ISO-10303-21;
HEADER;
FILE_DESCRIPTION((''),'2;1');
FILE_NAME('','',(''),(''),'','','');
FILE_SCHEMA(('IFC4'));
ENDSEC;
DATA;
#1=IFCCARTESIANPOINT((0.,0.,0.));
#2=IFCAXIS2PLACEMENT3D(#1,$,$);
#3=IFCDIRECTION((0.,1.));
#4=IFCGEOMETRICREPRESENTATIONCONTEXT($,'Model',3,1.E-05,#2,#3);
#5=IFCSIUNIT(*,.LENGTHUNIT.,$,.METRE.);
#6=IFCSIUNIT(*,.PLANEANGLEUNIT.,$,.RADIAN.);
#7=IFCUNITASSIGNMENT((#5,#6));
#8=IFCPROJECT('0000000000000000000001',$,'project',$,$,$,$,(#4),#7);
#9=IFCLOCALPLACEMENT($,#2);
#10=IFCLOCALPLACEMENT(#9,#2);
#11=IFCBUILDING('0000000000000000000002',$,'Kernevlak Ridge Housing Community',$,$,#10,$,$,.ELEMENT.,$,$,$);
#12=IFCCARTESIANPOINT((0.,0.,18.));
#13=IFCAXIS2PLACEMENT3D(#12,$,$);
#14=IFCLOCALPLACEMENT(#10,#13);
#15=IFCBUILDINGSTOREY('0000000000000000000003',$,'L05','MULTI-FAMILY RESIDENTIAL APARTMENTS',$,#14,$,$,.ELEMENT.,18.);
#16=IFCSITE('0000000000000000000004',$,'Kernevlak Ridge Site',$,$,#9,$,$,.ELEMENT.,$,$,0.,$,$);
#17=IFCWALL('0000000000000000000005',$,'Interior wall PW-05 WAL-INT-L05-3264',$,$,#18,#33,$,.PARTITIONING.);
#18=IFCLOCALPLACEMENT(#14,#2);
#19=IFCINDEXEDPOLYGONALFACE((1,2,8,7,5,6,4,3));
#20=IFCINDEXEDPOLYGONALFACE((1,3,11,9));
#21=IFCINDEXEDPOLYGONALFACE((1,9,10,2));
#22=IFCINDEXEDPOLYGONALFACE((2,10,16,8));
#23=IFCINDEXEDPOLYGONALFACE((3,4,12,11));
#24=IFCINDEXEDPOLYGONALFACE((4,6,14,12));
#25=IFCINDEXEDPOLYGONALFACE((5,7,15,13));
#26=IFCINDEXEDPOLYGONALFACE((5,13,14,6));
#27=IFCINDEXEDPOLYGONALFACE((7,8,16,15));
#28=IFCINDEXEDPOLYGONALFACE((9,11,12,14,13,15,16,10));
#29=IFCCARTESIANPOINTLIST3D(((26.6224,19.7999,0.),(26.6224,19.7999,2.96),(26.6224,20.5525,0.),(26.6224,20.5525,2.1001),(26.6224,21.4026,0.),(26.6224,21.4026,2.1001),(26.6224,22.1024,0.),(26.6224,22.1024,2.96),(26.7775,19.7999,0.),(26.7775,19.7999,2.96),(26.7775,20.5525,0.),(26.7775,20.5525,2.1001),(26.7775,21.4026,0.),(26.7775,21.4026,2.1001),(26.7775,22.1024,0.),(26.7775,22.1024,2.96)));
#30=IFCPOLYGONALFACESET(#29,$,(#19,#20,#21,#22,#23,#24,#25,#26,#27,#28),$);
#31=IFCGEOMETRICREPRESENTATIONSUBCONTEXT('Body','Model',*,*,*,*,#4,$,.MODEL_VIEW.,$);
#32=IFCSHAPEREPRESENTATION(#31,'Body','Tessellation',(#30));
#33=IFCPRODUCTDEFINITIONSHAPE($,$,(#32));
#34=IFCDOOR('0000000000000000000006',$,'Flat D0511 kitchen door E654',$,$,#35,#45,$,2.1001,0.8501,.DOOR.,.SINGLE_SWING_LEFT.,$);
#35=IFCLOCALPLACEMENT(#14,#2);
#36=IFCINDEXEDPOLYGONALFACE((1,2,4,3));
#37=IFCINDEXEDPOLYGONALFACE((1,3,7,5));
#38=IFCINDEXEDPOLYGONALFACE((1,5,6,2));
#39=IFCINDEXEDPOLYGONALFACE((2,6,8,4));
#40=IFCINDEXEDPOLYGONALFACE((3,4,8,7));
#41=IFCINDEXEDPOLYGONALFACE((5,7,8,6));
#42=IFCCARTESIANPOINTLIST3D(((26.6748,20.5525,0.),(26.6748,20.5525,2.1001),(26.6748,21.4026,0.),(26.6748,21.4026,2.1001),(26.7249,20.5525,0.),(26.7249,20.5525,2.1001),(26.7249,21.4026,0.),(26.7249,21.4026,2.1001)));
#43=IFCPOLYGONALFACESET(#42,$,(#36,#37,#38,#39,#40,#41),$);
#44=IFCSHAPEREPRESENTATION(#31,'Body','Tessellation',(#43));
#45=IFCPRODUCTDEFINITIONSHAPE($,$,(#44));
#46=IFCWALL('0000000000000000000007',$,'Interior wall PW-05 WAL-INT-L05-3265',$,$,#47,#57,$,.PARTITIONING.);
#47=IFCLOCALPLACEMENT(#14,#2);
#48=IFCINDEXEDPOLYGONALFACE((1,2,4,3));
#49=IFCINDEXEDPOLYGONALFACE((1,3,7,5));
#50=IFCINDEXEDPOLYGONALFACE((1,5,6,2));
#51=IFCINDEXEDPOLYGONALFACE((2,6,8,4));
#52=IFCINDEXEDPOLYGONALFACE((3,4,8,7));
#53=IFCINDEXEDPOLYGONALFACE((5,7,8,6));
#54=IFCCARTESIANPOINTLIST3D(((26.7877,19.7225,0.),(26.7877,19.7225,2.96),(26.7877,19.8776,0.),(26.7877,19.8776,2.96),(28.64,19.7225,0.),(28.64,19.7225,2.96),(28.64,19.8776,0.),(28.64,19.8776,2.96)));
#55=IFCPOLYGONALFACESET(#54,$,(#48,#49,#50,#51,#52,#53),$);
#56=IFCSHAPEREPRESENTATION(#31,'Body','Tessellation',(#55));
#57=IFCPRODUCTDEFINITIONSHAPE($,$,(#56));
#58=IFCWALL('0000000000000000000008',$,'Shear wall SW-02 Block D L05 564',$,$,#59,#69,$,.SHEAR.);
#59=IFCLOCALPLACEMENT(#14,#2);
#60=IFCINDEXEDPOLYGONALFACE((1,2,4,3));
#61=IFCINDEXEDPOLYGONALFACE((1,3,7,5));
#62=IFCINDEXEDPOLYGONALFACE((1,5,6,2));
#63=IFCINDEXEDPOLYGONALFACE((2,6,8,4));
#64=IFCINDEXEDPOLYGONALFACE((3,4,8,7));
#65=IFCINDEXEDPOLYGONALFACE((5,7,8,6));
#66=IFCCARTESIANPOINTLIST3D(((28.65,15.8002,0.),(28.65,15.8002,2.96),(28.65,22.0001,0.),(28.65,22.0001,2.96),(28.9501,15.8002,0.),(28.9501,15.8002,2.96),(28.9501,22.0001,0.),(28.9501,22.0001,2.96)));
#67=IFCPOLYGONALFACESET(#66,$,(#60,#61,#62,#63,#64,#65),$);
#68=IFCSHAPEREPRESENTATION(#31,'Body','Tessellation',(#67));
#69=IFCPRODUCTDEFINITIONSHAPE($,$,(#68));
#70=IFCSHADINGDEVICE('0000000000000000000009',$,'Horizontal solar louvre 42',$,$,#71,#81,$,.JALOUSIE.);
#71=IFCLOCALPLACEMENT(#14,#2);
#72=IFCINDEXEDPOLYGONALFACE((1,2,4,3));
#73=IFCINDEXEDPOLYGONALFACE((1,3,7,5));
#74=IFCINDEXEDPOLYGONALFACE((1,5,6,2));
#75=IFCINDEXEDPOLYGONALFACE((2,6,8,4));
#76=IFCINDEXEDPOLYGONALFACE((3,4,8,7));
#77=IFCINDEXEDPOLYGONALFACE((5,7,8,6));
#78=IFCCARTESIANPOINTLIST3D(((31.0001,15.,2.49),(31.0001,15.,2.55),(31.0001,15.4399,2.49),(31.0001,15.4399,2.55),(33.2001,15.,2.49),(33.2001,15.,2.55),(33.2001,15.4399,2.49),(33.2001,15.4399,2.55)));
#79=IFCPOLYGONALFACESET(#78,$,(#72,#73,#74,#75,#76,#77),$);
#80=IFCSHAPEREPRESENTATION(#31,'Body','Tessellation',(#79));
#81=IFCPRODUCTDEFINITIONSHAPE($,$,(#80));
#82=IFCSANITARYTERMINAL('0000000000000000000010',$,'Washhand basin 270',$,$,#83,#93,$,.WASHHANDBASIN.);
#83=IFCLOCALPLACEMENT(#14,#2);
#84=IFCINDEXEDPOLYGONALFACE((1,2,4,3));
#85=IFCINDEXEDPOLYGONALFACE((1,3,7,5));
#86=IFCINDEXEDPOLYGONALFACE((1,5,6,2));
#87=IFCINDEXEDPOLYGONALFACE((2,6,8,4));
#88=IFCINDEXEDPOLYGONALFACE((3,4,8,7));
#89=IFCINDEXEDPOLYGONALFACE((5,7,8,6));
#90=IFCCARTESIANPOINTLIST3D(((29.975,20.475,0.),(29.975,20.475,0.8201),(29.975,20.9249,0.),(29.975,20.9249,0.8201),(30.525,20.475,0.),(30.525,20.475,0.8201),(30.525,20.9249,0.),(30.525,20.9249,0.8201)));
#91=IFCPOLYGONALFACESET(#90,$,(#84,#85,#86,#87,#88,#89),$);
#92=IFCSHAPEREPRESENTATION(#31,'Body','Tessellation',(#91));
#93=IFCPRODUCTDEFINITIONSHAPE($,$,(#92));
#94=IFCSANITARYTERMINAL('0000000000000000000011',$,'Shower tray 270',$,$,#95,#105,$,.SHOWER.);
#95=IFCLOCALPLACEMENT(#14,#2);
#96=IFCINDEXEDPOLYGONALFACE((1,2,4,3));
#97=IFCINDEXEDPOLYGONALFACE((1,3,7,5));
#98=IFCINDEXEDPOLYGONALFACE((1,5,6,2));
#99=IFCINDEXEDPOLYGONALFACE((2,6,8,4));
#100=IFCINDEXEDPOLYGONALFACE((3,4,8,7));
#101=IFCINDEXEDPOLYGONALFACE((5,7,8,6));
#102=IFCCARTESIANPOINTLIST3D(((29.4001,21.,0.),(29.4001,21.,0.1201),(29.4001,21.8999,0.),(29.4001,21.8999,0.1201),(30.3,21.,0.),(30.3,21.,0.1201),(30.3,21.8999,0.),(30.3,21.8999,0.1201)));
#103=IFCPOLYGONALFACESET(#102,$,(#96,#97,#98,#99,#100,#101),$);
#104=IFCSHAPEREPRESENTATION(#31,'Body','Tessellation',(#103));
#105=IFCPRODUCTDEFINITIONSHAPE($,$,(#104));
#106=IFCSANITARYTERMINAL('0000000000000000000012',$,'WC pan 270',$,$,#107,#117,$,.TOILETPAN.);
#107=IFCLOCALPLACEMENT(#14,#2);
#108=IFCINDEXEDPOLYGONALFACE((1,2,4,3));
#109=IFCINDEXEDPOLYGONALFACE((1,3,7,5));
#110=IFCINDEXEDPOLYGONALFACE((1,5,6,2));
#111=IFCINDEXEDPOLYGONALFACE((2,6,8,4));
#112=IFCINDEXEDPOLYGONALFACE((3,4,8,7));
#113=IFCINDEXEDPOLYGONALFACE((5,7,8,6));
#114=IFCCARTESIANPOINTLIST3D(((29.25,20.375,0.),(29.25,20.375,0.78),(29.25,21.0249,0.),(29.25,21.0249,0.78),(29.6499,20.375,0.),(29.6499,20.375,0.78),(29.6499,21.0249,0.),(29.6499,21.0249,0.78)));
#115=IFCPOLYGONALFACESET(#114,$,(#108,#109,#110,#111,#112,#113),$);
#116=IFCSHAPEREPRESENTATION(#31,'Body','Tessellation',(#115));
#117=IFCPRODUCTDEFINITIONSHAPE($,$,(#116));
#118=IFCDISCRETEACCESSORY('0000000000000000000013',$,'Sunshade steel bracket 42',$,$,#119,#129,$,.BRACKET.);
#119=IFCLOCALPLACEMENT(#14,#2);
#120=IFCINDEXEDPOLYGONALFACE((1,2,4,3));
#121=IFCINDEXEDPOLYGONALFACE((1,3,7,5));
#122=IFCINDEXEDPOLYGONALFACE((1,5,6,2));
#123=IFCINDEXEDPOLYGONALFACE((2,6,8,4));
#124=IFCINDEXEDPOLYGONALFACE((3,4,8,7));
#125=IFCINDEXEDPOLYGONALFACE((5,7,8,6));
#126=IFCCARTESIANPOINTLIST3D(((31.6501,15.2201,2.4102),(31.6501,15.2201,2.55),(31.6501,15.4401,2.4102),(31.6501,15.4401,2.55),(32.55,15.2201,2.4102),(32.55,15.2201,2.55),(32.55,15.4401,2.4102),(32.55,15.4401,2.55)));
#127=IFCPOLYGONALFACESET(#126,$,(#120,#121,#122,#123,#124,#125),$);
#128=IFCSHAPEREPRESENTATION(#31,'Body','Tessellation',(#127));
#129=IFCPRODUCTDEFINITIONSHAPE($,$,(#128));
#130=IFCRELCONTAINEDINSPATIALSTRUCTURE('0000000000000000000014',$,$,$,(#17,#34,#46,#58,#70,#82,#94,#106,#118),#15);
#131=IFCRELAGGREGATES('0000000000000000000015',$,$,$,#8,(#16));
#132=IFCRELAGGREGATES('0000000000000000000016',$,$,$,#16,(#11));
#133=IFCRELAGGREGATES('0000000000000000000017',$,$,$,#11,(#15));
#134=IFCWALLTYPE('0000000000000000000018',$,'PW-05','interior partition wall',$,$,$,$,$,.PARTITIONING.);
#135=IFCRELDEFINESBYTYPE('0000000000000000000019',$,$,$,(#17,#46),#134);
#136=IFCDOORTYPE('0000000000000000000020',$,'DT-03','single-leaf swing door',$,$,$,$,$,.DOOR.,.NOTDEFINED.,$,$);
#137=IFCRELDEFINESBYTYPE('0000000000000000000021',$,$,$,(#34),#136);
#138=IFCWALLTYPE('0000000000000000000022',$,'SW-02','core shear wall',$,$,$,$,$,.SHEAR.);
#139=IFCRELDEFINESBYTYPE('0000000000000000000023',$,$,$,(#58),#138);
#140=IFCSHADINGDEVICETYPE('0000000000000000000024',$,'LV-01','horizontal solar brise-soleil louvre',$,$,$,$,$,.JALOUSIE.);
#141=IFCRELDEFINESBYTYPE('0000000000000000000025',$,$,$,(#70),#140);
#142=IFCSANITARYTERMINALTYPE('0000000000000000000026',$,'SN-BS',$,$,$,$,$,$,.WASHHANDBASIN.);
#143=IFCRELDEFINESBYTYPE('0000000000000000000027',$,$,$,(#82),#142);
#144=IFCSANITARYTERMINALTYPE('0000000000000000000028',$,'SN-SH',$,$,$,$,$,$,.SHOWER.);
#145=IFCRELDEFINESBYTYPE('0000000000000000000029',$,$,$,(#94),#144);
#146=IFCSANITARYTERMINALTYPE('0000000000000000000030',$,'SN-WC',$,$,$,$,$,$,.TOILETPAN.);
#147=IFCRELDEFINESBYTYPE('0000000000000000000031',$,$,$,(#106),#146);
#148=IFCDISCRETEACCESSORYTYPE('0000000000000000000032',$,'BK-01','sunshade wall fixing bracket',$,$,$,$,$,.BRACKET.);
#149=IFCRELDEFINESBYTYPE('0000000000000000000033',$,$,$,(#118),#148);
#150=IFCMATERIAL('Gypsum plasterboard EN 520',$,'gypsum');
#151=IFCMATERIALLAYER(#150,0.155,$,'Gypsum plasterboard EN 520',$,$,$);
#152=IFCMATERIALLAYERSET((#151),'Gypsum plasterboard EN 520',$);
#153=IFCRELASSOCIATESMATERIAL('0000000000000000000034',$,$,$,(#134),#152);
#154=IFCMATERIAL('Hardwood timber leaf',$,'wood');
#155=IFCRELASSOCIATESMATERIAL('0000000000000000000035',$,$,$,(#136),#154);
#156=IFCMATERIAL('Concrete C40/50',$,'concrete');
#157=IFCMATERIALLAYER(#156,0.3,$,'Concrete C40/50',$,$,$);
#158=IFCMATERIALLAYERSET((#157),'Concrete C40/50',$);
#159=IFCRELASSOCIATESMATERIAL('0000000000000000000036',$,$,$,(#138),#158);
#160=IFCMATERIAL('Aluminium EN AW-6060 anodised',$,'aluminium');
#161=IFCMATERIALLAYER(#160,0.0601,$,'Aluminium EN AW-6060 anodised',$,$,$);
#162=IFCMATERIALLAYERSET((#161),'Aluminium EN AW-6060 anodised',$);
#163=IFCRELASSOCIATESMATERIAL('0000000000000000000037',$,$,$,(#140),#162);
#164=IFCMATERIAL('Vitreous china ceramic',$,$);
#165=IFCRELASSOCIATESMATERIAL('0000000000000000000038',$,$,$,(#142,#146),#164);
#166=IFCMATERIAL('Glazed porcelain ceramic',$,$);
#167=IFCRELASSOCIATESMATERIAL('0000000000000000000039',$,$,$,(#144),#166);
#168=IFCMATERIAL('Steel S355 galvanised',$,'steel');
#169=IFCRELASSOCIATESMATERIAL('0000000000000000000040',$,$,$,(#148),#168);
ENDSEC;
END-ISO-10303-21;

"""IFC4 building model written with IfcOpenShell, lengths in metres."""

from ifc_helpers import new_model, si_unit, direction, frame, frame_2d, origin, origin_2d, place, context, subcontext, project, spatial, rectangle, extrude, material, layer, layer_set, type_object, element, fill, save


model = new_model("IFC4")

# Units and contexts
model_context = context("Model", 3, precision=1e-05, world=origin(), true_north=direction((0.0, 1.0)))
body_context = subcontext(model_context, "Body", "Model", "MODEL_VIEW")
ifc_project = project(units=[si_unit("LENGTHUNIT", "METRE"), si_unit("PLANEANGLEUNIT", "RADIAN")], contexts=[model_context])

# Site, building, storey
site_placement = place(None, origin())
site = spatial("IfcSite", under=ifc_project, at=site_placement, Name="Kernevlak Ridge Site", CompositionType="ELEMENT", RefElevation=0.0)
building_placement = place(site_placement, origin())
building = spatial("IfcBuilding", under=site, at=building_placement, Name="Kernevlak Ridge Housing Community", CompositionType="ELEMENT")
storey_placement = place(building_placement, frame((0.0, 0.0, 18.0)))
storey = spatial("IfcBuildingStorey", under=building, at=storey_placement, Name="L05", Description="MULTI-FAMILY RESIDENTIAL APARTMENTS", CompositionType="ELEMENT", Elevation=18.0)

# Shared definitions
ifc_material_1 = material(Name="Gypsum plasterboard EN 520", Category="gypsum")

# Wall, opening, door
ifc_layer_1 = layer(ifc_material_1, 0.155, Name="Gypsum plasterboard EN 520")
ifc_layer_set_1 = layer_set([ifc_layer_1], Name="Gypsum plasterboard EN 520")
wall_type_1 = type_object("IfcWallType", Name="PW-05", Description="interior partition wall", PredefinedType="PARTITIONING", material=ifc_layer_set_1)
wall_1_placement = place(storey_placement, frame((26.7, 22.1025, 0.0), z_axis=(0.0, 0.0, 1.0), x_axis=(0.0, -1.0, 0.0)))
wall_1 = element("IfcWall", 1, at=wall_1_placement, inside=storey, type_object=wall_type_1, Name="Interior wall PW-05 WAL-INT-L05-3264", PredefinedType="PARTITIONING", context=body_context, shape_type="SweptSolid", body=[
    extrude(rectangle(XDim=2.3025, YDim=0.155, at=frame_2d((1.1514, 0.0))), origin(), (0.0, 0.0, 1.0), 2.96),
])
opening_1_placement = place(wall_1_placement, frame((0.7, 0.0, 0.0)))
opening_1 = element("IfcOpeningElement", 2, at=opening_1_placement, cuts=wall_1, PredefinedType="OPENING", context=body_context, shape_type="SweptSolid", body=[
    extrude(rectangle(XDim=0.8501, YDim=2.1001, at=frame_2d((0.425, 1.05))), frame((0.0, 0.0874, 0.0), z_axis=(0.0, -1.0, 0.0), x_axis=(1.0, 0.0, 0.0)), (0.0, 0.0, 1.0), 0.175),
])
ifc_material_2 = material(Name="Hardwood timber leaf", Category="wood")
door_type_1 = type_object("IfcDoorType", Name="DT-03", Description="single-leaf swing door", OperationType="NOTDEFINED", PredefinedType="DOOR", material=ifc_material_2)
door_1_placement = place(opening_1_placement, origin())
door_1 = element("IfcDoor", 3, at=door_1_placement, inside=storey, type_object=door_type_1, Name="Flat D0511 kitchen door E654", OperationType="SINGLE_SWING_LEFT", OverallHeight=2.1001, OverallWidth=0.8501, PredefinedType="DOOR", context=body_context, shape_type="SweptSolid", body=[
    extrude(rectangle(XDim=0.8501, YDim=2.1001, at=frame_2d((0.425, 1.05))), frame((0.0, 0.0249, 0.0), z_axis=(0.0, -1.0, 0.0), x_axis=(1.0, 0.0, 0.0)), (0.0, 0.0, 1.0), 0.05),
])
fill(opening_1, door_1)

# Walls
wall_2_placement = place(storey_placement, frame((26.7876, 19.8, 0.0), z_axis=(0.0, 0.0, 1.0), x_axis=(1.0, 0.0, 0.0)))
element("IfcWall", 4, at=wall_2_placement, inside=storey, type_object=wall_type_1, Name="Interior wall PW-05 WAL-INT-L05-3265", PredefinedType="PARTITIONING", context=body_context, shape_type="SweptSolid", body=[
    extrude(rectangle(XDim=1.8523, YDim=0.155, at=frame_2d((0.9263, 0.0))), origin(), (0.0, 0.0, 1.0), 2.96),
])
ifc_material_3 = material(Name="Concrete C40/50", Category="concrete")
ifc_layer_2 = layer(ifc_material_3, 0.3, Name="Concrete C40/50")
ifc_layer_set_2 = layer_set([ifc_layer_2], Name="Concrete C40/50")
wall_type_2 = type_object("IfcWallType", Name="SW-02", Description="core shear wall", PredefinedType="SHEAR", material=ifc_layer_set_2)
wall_3_placement = place(storey_placement, frame((28.8, 15.8, 0.0), z_axis=(0.0, 0.0, 1.0), x_axis=(0.0, 1.0, 0.0)))
element("IfcWall", 5, at=wall_3_placement, inside=storey, type_object=wall_type_2, Name="Shear wall SW-02 Block D L05 564", PredefinedType="SHEAR", context=body_context, shape_type="SweptSolid", body=[
    extrude(rectangle(XDim=6.2, YDim=0.3, at=frame_2d((3.1001, 0.0))), origin(), (0.0, 0.0, 1.0), 2.96),
])

# Shading device
ifc_material_4 = material(Name="Aluminium EN AW-6060 anodised", Category="aluminium")
ifc_layer_3 = layer(ifc_material_4, 0.0601, Name="Aluminium EN AW-6060 anodised")
ifc_layer_set_3 = layer_set([ifc_layer_3], Name="Aluminium EN AW-6060 anodised")
shading_device_type = type_object("IfcShadingDeviceType", Name="LV-01", Description="horizontal solar brise-soleil louvre", PredefinedType="JALOUSIE", material=ifc_layer_set_3)
shading_device_placement = place(storey_placement, frame((32.1001, 15.22, 2.49), z_axis=(0.0, 0.0, 1.0), x_axis=(1.0, 0.0, 0.0)))
element("IfcShadingDevice", 6, at=shading_device_placement, inside=storey, type_object=shading_device_type, Name="Horizontal solar louvre 42", PredefinedType="JALOUSIE", context=body_context, shape_type="SweptSolid", body=[
    extrude(rectangle(XDim=2.2, YDim=0.4399, at=origin_2d()), origin(), (0.0, 0.0, 1.0), 0.0601),
])

# Sanitary terminals
ifc_material_5 = material(Name="Vitreous china ceramic")
sanitary_terminal_type_1 = type_object("IfcSanitaryTerminalType", Name="SN-BS", PredefinedType="WASHHANDBASIN", material=ifc_material_5)
sanitary_terminal_1_placement = place(storey_placement, frame((30.25, 20.7, 0.0), z_axis=(0.0, 0.0, 1.0), x_axis=(1.0, 0.0, 0.0)))
element("IfcSanitaryTerminal", 7, at=sanitary_terminal_1_placement, inside=storey, type_object=sanitary_terminal_type_1, Name="Washhand basin 270", PredefinedType="WASHHANDBASIN", context=body_context, shape_type="SweptSolid", body=[
    extrude(rectangle(XDim=0.55, YDim=0.45, at=origin_2d()), origin(), (0.0, 0.0, 1.0), 0.8201),
])
ifc_material_6 = material(Name="Glazed porcelain ceramic")
sanitary_terminal_type_2 = type_object("IfcSanitaryTerminalType", Name="SN-SH", PredefinedType="SHOWER", material=ifc_material_6)
sanitary_terminal_2_placement = place(storey_placement, frame((29.8501, 21.45, 0.0), z_axis=(0.0, 0.0, 1.0), x_axis=(1.0, 0.0, 0.0)))
element("IfcSanitaryTerminal", 8, at=sanitary_terminal_2_placement, inside=storey, type_object=sanitary_terminal_type_2, Name="Shower tray 270", PredefinedType="SHOWER", context=body_context, shape_type="SweptSolid", body=[
    extrude(rectangle(XDim=0.8999, YDim=0.8999, at=origin_2d()), origin(), (0.0, 0.0, 1.0), 0.1201),
])
sanitary_terminal_type_3 = type_object("IfcSanitaryTerminalType", Name="SN-WC", PredefinedType="TOILETPAN", material=ifc_material_5)
sanitary_terminal_3_placement = place(storey_placement, frame((29.45, 20.7, 0.0), z_axis=(0.0, 0.0, 1.0), x_axis=(1.0, 0.0, 0.0)))
element("IfcSanitaryTerminal", 9, at=sanitary_terminal_3_placement, inside=storey, type_object=sanitary_terminal_type_3, Name="WC pan 270", PredefinedType="TOILETPAN", context=body_context, shape_type="SweptSolid", body=[
    extrude(rectangle(XDim=0.3999, YDim=0.6499, at=origin_2d()), origin(), (0.0, 0.0, 1.0), 0.78),
])

# Discrete accessory
ifc_material_7 = material(Name="Steel S355 galvanised", Category="steel")
discrete_accessory_type = type_object("IfcDiscreteAccessoryType", Name="BK-01", Description="sunshade wall fixing bracket", PredefinedType="BRACKET", material=ifc_material_7)
discrete_accessory_placement = place(storey_placement, frame((32.1001, 15.3301, 2.4102), z_axis=(0.0, 0.0, 1.0), x_axis=(1.0, 0.0, 0.0)))
element("IfcDiscreteAccessory", 10, at=discrete_accessory_placement, inside=storey, type_object=discrete_accessory_type, Name="Sunshade steel bracket 42", PredefinedType="BRACKET", context=body_context, shape_type="SweptSolid", body=[
    extrude(rectangle(XDim=0.8999, YDim=0.22, at=origin_2d()), origin(), (0.0, 0.0, 1.0), 0.1399),
])

save(model, "model.ifc")
